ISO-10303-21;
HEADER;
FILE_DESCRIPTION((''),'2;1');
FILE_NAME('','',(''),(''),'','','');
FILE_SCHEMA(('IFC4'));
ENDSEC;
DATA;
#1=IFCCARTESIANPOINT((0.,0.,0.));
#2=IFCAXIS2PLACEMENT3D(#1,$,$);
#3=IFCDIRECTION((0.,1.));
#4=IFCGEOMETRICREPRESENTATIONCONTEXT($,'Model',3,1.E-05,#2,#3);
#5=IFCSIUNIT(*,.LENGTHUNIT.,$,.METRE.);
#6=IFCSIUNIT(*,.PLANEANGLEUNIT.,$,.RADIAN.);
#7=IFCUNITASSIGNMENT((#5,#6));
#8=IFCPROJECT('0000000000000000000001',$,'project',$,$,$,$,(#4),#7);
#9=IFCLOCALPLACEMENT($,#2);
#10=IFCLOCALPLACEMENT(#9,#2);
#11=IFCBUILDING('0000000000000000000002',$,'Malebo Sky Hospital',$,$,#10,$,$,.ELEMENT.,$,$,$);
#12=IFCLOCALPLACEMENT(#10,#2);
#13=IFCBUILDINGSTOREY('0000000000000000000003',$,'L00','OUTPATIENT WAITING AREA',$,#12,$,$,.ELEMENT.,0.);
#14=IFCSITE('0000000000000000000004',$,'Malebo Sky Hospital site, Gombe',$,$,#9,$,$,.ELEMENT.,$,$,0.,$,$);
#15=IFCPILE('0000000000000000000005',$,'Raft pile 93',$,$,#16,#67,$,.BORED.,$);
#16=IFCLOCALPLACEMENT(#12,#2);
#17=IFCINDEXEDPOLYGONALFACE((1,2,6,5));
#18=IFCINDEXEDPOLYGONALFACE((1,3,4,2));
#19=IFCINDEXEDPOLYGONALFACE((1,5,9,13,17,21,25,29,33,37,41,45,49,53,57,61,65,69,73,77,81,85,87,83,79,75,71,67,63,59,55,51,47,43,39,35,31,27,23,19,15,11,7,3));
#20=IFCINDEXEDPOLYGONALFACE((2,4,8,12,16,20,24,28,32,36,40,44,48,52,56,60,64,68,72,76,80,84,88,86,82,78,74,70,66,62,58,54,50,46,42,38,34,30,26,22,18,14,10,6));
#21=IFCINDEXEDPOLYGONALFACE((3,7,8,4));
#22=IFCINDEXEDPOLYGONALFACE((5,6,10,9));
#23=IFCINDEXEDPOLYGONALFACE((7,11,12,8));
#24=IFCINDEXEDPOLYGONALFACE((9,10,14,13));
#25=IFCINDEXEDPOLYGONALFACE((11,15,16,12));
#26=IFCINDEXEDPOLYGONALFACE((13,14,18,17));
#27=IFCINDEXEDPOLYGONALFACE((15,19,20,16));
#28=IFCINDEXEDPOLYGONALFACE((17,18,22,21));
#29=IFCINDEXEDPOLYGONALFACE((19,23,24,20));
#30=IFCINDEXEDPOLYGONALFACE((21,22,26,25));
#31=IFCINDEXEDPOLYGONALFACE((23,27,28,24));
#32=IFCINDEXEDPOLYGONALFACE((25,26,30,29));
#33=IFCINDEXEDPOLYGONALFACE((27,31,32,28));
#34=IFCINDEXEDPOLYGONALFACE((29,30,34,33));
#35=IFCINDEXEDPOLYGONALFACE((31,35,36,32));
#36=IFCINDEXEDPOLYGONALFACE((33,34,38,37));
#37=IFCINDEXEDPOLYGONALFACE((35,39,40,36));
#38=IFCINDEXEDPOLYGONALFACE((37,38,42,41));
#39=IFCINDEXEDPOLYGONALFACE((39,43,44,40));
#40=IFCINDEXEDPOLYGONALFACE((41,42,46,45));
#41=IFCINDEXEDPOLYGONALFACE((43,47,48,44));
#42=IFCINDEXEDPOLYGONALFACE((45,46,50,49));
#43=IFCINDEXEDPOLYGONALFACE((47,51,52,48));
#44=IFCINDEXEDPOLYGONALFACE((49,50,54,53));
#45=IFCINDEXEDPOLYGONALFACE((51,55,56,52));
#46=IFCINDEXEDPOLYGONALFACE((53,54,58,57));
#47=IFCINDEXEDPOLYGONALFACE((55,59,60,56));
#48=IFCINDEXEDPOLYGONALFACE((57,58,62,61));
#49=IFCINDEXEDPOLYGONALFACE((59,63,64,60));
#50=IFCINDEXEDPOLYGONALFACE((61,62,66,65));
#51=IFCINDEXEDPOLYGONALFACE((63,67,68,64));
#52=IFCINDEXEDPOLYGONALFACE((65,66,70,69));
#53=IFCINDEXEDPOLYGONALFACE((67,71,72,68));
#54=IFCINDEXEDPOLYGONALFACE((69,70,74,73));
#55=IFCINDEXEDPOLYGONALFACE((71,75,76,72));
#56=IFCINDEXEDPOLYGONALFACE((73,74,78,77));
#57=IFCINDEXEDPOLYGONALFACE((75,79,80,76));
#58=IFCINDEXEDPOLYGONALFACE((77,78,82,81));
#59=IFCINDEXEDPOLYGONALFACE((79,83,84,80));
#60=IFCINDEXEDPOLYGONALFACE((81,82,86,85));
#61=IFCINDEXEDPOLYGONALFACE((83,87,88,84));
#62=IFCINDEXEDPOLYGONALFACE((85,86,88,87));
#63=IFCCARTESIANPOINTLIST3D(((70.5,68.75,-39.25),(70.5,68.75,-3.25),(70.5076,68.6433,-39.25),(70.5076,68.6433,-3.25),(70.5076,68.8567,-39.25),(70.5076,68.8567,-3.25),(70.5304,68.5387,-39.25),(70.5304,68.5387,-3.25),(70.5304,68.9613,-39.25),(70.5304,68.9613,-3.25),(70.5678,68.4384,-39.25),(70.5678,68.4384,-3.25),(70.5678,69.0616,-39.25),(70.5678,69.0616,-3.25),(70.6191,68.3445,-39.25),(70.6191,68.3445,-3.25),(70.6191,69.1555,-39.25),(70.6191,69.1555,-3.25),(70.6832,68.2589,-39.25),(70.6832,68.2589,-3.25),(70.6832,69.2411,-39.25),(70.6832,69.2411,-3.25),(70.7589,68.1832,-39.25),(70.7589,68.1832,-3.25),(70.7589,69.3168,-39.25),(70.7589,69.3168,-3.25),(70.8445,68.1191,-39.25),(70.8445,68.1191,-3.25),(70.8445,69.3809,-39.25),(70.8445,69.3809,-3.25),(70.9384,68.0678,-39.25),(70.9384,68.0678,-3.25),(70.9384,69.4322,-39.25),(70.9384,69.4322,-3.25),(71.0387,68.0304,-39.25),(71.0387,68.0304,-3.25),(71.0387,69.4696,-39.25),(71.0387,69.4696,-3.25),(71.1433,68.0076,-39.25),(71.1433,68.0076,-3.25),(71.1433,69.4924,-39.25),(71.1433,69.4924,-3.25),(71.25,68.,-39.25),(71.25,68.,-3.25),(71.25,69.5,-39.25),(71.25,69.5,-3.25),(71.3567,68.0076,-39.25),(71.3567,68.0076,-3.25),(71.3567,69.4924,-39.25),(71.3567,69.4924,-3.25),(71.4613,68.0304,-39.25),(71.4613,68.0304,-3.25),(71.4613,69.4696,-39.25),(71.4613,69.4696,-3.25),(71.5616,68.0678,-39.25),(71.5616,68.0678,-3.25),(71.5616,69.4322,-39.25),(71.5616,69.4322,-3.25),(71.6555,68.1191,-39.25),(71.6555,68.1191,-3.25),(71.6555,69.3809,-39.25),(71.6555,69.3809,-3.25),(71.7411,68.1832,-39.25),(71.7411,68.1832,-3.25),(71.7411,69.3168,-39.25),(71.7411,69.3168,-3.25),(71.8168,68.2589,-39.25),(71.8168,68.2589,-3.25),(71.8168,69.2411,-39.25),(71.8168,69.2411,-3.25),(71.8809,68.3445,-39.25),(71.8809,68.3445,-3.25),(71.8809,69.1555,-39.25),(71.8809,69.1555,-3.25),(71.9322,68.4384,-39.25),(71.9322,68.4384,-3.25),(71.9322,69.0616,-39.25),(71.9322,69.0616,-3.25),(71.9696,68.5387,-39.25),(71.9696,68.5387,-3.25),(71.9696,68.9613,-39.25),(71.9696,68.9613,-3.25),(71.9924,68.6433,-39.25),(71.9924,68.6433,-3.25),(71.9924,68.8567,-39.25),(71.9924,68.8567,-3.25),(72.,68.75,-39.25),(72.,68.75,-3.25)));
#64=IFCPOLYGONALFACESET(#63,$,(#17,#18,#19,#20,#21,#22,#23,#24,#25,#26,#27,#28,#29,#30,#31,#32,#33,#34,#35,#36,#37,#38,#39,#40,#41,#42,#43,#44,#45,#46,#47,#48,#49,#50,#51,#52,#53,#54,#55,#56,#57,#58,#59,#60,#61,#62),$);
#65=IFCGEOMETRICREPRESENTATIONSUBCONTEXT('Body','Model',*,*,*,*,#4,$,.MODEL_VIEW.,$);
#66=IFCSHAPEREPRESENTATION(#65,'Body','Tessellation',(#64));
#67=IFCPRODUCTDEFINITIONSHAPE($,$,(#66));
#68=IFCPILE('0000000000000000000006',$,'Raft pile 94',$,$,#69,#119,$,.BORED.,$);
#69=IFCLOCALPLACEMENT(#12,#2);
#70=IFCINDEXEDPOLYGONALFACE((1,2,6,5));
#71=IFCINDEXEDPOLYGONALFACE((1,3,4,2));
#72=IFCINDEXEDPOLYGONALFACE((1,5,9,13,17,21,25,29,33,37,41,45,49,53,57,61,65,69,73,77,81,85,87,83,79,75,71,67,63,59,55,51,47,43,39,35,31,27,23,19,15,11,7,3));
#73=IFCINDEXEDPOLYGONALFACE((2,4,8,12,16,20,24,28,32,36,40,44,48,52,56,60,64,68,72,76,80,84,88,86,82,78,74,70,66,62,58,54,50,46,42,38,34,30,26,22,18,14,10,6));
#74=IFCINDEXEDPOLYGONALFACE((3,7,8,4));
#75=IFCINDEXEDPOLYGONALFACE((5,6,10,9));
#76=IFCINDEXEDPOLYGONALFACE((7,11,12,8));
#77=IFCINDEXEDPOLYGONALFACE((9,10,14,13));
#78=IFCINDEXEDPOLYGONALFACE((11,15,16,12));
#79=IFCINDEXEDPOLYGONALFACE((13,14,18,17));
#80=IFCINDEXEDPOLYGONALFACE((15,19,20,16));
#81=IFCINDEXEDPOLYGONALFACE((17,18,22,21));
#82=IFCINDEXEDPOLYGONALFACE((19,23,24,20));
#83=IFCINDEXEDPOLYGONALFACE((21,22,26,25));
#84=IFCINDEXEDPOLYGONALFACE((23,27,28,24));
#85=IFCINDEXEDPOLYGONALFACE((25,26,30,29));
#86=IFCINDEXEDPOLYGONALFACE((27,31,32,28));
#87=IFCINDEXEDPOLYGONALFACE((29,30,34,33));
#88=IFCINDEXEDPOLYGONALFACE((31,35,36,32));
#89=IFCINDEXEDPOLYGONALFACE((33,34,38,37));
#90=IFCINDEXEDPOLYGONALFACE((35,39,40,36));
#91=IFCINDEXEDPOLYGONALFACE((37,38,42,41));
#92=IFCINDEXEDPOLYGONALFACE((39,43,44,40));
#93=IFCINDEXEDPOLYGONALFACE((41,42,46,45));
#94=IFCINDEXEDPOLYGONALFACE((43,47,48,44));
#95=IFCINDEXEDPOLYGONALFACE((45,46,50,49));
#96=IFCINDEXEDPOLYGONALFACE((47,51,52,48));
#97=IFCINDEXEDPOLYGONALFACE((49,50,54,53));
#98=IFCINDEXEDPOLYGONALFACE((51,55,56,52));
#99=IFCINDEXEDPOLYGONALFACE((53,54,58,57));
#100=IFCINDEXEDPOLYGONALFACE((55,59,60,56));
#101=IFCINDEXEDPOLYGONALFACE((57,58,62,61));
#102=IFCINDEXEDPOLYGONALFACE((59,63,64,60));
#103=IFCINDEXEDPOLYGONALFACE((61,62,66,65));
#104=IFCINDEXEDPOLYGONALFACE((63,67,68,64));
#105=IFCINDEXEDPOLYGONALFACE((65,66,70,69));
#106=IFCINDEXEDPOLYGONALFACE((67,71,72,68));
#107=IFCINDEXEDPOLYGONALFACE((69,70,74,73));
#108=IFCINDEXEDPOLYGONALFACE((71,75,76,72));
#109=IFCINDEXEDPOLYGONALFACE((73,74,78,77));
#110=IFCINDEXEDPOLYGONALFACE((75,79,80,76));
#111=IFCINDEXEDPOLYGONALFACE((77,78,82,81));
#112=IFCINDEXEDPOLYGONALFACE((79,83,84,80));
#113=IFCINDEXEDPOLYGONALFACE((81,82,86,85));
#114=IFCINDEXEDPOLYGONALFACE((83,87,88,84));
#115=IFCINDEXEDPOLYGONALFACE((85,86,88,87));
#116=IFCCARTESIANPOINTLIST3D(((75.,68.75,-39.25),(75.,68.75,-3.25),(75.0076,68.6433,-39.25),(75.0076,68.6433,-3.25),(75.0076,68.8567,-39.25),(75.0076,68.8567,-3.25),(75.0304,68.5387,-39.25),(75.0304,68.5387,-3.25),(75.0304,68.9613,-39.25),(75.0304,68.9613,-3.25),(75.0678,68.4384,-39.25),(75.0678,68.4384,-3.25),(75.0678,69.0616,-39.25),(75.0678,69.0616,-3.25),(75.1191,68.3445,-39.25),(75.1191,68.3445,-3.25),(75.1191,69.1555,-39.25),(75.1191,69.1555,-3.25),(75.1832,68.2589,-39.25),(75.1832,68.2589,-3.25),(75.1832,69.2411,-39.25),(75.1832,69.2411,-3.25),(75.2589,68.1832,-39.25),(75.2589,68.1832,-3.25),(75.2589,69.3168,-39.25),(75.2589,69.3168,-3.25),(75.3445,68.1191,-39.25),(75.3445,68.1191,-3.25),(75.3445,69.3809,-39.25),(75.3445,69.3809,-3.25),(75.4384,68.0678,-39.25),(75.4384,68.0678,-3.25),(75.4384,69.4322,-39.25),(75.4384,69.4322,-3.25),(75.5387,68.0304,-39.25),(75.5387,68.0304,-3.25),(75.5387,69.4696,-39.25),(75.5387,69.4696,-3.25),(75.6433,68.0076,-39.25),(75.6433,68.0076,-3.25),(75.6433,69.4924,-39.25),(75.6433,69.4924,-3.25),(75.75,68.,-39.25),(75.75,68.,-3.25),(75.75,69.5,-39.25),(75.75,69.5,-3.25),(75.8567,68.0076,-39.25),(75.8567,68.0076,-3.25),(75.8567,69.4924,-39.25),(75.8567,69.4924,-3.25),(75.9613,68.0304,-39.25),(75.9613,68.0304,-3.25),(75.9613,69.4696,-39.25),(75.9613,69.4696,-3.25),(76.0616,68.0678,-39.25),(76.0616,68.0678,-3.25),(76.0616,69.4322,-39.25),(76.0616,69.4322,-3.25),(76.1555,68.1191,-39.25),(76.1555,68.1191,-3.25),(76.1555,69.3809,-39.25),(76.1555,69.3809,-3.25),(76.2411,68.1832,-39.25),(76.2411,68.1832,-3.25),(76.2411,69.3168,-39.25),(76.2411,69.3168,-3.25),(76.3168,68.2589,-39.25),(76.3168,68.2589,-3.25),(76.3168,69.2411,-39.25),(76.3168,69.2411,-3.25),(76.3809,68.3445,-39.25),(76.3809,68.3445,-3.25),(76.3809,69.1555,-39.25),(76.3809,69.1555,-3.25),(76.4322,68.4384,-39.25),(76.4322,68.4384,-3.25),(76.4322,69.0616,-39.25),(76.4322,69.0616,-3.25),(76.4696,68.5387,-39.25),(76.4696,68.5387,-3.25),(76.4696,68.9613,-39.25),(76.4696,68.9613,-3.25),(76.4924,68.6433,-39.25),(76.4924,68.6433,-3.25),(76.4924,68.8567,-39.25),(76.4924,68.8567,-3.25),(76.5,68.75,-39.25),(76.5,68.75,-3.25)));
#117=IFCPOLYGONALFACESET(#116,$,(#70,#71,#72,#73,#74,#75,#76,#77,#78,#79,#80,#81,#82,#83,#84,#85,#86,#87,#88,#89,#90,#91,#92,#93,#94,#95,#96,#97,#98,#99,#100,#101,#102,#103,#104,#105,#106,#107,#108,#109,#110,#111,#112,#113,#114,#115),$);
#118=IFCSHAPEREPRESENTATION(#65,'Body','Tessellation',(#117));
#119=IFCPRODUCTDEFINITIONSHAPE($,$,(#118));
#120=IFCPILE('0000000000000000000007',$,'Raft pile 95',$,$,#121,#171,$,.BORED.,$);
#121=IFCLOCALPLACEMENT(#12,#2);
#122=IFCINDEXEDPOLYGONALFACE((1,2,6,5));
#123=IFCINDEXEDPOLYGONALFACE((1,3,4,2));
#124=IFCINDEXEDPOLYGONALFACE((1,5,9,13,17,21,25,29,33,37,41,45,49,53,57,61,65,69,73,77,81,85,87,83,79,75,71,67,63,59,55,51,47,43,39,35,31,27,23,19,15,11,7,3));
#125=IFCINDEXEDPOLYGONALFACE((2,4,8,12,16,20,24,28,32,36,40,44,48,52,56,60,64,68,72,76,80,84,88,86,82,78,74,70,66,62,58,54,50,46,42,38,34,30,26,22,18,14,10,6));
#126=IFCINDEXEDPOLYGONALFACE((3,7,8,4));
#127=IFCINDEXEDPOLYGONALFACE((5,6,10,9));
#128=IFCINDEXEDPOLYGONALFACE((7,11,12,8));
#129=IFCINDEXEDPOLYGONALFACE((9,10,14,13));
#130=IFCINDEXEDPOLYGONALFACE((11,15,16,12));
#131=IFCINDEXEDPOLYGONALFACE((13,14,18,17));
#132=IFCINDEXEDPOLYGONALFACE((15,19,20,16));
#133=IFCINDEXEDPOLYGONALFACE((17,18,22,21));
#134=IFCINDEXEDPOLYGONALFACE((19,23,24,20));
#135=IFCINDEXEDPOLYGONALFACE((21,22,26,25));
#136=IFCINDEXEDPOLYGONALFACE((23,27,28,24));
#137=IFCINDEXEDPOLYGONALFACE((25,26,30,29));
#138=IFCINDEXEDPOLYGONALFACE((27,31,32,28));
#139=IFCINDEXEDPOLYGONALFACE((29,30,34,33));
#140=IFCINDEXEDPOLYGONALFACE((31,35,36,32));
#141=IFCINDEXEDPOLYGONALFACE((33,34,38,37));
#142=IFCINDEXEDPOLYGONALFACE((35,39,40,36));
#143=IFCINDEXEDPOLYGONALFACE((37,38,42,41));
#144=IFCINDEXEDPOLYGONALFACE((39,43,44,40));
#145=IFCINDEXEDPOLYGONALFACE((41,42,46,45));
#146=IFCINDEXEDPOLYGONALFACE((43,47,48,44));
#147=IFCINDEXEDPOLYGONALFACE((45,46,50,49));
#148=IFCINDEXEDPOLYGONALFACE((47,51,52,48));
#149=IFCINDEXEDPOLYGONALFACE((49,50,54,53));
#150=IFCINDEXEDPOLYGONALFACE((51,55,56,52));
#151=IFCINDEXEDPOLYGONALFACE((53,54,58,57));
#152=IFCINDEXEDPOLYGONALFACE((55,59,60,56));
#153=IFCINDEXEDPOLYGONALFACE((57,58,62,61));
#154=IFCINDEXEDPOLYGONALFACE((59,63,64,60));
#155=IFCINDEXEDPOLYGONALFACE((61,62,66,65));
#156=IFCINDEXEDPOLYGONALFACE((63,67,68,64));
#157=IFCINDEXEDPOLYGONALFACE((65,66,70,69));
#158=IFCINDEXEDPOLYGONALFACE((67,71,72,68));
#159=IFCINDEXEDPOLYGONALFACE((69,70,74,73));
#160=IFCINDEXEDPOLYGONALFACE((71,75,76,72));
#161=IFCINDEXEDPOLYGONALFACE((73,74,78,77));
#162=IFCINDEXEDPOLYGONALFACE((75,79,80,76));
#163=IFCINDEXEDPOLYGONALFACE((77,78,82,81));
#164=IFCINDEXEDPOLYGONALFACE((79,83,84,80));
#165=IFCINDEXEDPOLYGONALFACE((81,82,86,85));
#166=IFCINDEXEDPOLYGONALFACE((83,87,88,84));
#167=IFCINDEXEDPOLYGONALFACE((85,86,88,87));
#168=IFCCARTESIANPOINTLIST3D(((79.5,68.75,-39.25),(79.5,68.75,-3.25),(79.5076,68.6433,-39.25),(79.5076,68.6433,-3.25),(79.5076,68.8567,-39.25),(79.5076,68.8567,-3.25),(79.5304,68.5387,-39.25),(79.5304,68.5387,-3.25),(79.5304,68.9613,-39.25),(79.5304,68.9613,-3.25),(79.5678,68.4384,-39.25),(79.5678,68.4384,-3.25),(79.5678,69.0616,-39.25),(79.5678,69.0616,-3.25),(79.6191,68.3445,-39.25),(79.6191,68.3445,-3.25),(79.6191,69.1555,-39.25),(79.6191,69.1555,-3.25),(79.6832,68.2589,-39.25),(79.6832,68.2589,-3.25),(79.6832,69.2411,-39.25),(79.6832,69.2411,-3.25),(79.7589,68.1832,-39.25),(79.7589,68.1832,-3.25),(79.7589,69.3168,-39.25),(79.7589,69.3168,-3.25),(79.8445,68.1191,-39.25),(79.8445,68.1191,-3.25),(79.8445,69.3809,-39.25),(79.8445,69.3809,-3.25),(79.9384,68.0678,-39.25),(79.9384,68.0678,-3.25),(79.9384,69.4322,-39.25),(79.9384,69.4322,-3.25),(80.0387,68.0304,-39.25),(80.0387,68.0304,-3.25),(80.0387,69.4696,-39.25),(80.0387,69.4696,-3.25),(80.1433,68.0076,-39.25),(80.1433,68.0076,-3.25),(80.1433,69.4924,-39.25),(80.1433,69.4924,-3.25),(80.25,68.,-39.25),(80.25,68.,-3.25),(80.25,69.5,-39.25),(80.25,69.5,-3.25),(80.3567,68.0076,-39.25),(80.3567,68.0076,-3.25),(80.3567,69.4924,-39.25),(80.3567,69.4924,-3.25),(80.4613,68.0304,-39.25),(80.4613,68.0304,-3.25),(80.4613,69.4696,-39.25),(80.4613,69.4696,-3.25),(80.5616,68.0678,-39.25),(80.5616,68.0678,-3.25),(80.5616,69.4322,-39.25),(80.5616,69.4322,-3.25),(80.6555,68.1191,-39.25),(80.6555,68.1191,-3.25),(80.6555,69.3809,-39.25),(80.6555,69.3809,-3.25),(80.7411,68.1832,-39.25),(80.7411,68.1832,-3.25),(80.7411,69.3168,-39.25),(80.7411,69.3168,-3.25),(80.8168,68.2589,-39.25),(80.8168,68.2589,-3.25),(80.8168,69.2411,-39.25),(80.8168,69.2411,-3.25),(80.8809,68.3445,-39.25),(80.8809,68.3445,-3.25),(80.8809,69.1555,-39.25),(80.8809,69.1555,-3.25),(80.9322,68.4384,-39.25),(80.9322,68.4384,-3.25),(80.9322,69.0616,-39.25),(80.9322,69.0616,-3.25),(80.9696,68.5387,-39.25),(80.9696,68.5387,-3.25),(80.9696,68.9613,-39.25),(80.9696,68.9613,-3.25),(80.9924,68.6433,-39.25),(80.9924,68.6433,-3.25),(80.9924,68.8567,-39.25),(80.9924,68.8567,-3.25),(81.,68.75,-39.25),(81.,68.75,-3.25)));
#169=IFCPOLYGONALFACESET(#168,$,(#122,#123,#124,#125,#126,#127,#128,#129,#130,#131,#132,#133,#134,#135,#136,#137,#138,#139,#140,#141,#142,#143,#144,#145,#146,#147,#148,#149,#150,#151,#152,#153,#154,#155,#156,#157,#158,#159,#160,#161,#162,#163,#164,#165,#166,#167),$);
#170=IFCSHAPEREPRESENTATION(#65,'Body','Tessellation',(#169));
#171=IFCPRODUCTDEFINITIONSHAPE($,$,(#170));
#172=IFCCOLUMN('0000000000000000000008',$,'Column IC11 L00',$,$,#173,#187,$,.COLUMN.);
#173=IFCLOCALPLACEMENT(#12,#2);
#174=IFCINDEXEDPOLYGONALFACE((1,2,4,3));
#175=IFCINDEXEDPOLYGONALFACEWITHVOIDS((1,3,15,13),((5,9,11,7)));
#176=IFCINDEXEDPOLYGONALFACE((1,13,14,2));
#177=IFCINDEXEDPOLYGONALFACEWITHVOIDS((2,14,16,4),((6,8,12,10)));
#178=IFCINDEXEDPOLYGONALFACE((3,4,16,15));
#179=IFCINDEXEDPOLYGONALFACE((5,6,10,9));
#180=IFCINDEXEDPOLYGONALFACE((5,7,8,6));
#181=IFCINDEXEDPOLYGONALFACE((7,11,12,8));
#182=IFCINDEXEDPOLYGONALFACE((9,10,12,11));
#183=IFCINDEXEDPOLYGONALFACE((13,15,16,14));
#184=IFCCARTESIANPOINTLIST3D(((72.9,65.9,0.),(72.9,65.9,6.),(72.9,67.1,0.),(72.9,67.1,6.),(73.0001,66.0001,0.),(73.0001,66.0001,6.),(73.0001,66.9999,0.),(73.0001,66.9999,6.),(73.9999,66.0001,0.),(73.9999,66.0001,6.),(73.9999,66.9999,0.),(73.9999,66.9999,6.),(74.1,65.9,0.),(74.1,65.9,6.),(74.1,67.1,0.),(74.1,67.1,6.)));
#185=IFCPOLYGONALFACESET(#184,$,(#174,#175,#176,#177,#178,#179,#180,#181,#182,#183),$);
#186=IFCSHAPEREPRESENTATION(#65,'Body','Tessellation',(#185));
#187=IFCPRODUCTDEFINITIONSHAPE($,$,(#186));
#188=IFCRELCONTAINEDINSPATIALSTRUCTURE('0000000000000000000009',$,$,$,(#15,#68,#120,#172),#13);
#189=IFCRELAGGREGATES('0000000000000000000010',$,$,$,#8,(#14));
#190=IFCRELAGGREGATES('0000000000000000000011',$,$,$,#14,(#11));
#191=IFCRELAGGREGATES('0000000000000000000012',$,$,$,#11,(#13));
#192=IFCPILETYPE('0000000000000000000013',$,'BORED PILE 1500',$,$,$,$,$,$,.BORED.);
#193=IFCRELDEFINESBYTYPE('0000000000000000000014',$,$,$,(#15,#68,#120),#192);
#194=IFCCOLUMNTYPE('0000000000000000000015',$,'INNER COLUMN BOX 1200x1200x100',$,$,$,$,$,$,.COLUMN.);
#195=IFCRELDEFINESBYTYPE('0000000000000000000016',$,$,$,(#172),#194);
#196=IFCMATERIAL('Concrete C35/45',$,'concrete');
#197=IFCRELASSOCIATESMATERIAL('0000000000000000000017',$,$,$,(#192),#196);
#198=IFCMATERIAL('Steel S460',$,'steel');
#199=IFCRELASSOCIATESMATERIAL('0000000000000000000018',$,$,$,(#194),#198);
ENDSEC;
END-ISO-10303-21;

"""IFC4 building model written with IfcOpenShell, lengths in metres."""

from ifc_helpers import new_model, si_unit, direction, frame, origin, origin_2d, place, context, subcontext, project, spatial, hollow_rectangle, circle, extrude, material, material_profile, profile_set, type_object, element, save


model = new_model("IFC4")

# Units and contexts
model_context = context("Model", 3, precision=1e-05, world=origin(), true_north=direction((0.0, 1.0)))
body_context = subcontext(model_context, "Body", "Model", "MODEL_VIEW")
ifc_project = project(units=[si_unit("LENGTHUNIT", "METRE"), si_unit("PLANEANGLEUNIT", "RADIAN")], contexts=[model_context])

# Site, building, storey
site_placement = place(None, origin())
site = spatial("IfcSite", under=ifc_project, at=site_placement, Name="Malebo Sky Hospital site, Gombe", CompositionType="ELEMENT", RefElevation=0.0)
building_placement = place(site_placement, origin())
building = spatial("IfcBuilding", under=site, at=building_placement, Name="Malebo Sky Hospital", CompositionType="ELEMENT")
storey_placement = place(building_placement, origin())
storey = spatial("IfcBuildingStorey", under=building, at=storey_placement, Name="L00", Description="OUTPATIENT WAITING AREA", CompositionType="ELEMENT", Elevation=0.0)

# Piles
ifc_material_1 = material(Name="Concrete C35/45", Category="concrete")
ifc_material_profile_1 = material_profile(ifc_material_1, circle(Radius=0.75, at=origin_2d()), Name="BP 1500")
ifc_profile_set_1 = profile_set([ifc_material_profile_1], Name="Concrete C35/45")
pile_type = type_object("IfcPileType", Name="BORED PILE 1500", PredefinedType="BORED", material=ifc_profile_set_1)
for number, where, z_axis, x_axis, name in (
    (1, (71.25, 68.75, -3.25), (0.0, 0.0, -1.0), (1.0, 0.0, 0.0), "Raft pile 93"),
    (2, (75.75, 68.75, -3.25), (0.0, 0.0, -1.0), (1.0, 0.0, 0.0), "Raft pile 94"),
    (3, (80.25, 68.75, -3.25), (0.0, 0.0, -1.0), (1.0, 0.0, 0.0), "Raft pile 95"),
):
    element("IfcPile", number, at=place(storey_placement, frame(where, z_axis=z_axis, x_axis=x_axis)), inside=storey, type_object=pile_type, Name=name, PredefinedType="BORED", context=body_context, shape_type="SweptSolid", body=[
        extrude(circle(Radius=0.75, at=origin_2d()), origin(), (0.0, 0.0, 1.0), 36.0),
    ])

# Column
ifc_material_2 = material(Name="Steel S460", Category="steel")
ifc_material_profile_2 = material_profile(ifc_material_2, hollow_rectangle(XDim=1.2, YDim=1.2, WallThickness=0.1001, at=origin_2d()), Name="BOX 1200x1200x100")
ifc_profile_set_2 = profile_set([ifc_material_profile_2], Name="Steel S460")
column_type = type_object("IfcColumnType", Name="INNER COLUMN BOX 1200x1200x100", PredefinedType="COLUMN", material=ifc_profile_set_2)
column_placement = place(storey_placement, frame((73.5, 66.5, 0.0), z_axis=(0.0, 0.0, 1.0), x_axis=(1.0, 0.0, 0.0)))
element("IfcColumn", 4, at=column_placement, inside=storey, type_object=column_type, Name="Column IC11 L00", PredefinedType="COLUMN", context=body_context, shape_type="SweptSolid", body=[
    extrude(hollow_rectangle(XDim=1.2, YDim=1.2, WallThickness=0.1001, at=origin_2d()), origin(), (0.0, 0.0, 1.0), 6.0),
])

save(model, "model.ifc")
